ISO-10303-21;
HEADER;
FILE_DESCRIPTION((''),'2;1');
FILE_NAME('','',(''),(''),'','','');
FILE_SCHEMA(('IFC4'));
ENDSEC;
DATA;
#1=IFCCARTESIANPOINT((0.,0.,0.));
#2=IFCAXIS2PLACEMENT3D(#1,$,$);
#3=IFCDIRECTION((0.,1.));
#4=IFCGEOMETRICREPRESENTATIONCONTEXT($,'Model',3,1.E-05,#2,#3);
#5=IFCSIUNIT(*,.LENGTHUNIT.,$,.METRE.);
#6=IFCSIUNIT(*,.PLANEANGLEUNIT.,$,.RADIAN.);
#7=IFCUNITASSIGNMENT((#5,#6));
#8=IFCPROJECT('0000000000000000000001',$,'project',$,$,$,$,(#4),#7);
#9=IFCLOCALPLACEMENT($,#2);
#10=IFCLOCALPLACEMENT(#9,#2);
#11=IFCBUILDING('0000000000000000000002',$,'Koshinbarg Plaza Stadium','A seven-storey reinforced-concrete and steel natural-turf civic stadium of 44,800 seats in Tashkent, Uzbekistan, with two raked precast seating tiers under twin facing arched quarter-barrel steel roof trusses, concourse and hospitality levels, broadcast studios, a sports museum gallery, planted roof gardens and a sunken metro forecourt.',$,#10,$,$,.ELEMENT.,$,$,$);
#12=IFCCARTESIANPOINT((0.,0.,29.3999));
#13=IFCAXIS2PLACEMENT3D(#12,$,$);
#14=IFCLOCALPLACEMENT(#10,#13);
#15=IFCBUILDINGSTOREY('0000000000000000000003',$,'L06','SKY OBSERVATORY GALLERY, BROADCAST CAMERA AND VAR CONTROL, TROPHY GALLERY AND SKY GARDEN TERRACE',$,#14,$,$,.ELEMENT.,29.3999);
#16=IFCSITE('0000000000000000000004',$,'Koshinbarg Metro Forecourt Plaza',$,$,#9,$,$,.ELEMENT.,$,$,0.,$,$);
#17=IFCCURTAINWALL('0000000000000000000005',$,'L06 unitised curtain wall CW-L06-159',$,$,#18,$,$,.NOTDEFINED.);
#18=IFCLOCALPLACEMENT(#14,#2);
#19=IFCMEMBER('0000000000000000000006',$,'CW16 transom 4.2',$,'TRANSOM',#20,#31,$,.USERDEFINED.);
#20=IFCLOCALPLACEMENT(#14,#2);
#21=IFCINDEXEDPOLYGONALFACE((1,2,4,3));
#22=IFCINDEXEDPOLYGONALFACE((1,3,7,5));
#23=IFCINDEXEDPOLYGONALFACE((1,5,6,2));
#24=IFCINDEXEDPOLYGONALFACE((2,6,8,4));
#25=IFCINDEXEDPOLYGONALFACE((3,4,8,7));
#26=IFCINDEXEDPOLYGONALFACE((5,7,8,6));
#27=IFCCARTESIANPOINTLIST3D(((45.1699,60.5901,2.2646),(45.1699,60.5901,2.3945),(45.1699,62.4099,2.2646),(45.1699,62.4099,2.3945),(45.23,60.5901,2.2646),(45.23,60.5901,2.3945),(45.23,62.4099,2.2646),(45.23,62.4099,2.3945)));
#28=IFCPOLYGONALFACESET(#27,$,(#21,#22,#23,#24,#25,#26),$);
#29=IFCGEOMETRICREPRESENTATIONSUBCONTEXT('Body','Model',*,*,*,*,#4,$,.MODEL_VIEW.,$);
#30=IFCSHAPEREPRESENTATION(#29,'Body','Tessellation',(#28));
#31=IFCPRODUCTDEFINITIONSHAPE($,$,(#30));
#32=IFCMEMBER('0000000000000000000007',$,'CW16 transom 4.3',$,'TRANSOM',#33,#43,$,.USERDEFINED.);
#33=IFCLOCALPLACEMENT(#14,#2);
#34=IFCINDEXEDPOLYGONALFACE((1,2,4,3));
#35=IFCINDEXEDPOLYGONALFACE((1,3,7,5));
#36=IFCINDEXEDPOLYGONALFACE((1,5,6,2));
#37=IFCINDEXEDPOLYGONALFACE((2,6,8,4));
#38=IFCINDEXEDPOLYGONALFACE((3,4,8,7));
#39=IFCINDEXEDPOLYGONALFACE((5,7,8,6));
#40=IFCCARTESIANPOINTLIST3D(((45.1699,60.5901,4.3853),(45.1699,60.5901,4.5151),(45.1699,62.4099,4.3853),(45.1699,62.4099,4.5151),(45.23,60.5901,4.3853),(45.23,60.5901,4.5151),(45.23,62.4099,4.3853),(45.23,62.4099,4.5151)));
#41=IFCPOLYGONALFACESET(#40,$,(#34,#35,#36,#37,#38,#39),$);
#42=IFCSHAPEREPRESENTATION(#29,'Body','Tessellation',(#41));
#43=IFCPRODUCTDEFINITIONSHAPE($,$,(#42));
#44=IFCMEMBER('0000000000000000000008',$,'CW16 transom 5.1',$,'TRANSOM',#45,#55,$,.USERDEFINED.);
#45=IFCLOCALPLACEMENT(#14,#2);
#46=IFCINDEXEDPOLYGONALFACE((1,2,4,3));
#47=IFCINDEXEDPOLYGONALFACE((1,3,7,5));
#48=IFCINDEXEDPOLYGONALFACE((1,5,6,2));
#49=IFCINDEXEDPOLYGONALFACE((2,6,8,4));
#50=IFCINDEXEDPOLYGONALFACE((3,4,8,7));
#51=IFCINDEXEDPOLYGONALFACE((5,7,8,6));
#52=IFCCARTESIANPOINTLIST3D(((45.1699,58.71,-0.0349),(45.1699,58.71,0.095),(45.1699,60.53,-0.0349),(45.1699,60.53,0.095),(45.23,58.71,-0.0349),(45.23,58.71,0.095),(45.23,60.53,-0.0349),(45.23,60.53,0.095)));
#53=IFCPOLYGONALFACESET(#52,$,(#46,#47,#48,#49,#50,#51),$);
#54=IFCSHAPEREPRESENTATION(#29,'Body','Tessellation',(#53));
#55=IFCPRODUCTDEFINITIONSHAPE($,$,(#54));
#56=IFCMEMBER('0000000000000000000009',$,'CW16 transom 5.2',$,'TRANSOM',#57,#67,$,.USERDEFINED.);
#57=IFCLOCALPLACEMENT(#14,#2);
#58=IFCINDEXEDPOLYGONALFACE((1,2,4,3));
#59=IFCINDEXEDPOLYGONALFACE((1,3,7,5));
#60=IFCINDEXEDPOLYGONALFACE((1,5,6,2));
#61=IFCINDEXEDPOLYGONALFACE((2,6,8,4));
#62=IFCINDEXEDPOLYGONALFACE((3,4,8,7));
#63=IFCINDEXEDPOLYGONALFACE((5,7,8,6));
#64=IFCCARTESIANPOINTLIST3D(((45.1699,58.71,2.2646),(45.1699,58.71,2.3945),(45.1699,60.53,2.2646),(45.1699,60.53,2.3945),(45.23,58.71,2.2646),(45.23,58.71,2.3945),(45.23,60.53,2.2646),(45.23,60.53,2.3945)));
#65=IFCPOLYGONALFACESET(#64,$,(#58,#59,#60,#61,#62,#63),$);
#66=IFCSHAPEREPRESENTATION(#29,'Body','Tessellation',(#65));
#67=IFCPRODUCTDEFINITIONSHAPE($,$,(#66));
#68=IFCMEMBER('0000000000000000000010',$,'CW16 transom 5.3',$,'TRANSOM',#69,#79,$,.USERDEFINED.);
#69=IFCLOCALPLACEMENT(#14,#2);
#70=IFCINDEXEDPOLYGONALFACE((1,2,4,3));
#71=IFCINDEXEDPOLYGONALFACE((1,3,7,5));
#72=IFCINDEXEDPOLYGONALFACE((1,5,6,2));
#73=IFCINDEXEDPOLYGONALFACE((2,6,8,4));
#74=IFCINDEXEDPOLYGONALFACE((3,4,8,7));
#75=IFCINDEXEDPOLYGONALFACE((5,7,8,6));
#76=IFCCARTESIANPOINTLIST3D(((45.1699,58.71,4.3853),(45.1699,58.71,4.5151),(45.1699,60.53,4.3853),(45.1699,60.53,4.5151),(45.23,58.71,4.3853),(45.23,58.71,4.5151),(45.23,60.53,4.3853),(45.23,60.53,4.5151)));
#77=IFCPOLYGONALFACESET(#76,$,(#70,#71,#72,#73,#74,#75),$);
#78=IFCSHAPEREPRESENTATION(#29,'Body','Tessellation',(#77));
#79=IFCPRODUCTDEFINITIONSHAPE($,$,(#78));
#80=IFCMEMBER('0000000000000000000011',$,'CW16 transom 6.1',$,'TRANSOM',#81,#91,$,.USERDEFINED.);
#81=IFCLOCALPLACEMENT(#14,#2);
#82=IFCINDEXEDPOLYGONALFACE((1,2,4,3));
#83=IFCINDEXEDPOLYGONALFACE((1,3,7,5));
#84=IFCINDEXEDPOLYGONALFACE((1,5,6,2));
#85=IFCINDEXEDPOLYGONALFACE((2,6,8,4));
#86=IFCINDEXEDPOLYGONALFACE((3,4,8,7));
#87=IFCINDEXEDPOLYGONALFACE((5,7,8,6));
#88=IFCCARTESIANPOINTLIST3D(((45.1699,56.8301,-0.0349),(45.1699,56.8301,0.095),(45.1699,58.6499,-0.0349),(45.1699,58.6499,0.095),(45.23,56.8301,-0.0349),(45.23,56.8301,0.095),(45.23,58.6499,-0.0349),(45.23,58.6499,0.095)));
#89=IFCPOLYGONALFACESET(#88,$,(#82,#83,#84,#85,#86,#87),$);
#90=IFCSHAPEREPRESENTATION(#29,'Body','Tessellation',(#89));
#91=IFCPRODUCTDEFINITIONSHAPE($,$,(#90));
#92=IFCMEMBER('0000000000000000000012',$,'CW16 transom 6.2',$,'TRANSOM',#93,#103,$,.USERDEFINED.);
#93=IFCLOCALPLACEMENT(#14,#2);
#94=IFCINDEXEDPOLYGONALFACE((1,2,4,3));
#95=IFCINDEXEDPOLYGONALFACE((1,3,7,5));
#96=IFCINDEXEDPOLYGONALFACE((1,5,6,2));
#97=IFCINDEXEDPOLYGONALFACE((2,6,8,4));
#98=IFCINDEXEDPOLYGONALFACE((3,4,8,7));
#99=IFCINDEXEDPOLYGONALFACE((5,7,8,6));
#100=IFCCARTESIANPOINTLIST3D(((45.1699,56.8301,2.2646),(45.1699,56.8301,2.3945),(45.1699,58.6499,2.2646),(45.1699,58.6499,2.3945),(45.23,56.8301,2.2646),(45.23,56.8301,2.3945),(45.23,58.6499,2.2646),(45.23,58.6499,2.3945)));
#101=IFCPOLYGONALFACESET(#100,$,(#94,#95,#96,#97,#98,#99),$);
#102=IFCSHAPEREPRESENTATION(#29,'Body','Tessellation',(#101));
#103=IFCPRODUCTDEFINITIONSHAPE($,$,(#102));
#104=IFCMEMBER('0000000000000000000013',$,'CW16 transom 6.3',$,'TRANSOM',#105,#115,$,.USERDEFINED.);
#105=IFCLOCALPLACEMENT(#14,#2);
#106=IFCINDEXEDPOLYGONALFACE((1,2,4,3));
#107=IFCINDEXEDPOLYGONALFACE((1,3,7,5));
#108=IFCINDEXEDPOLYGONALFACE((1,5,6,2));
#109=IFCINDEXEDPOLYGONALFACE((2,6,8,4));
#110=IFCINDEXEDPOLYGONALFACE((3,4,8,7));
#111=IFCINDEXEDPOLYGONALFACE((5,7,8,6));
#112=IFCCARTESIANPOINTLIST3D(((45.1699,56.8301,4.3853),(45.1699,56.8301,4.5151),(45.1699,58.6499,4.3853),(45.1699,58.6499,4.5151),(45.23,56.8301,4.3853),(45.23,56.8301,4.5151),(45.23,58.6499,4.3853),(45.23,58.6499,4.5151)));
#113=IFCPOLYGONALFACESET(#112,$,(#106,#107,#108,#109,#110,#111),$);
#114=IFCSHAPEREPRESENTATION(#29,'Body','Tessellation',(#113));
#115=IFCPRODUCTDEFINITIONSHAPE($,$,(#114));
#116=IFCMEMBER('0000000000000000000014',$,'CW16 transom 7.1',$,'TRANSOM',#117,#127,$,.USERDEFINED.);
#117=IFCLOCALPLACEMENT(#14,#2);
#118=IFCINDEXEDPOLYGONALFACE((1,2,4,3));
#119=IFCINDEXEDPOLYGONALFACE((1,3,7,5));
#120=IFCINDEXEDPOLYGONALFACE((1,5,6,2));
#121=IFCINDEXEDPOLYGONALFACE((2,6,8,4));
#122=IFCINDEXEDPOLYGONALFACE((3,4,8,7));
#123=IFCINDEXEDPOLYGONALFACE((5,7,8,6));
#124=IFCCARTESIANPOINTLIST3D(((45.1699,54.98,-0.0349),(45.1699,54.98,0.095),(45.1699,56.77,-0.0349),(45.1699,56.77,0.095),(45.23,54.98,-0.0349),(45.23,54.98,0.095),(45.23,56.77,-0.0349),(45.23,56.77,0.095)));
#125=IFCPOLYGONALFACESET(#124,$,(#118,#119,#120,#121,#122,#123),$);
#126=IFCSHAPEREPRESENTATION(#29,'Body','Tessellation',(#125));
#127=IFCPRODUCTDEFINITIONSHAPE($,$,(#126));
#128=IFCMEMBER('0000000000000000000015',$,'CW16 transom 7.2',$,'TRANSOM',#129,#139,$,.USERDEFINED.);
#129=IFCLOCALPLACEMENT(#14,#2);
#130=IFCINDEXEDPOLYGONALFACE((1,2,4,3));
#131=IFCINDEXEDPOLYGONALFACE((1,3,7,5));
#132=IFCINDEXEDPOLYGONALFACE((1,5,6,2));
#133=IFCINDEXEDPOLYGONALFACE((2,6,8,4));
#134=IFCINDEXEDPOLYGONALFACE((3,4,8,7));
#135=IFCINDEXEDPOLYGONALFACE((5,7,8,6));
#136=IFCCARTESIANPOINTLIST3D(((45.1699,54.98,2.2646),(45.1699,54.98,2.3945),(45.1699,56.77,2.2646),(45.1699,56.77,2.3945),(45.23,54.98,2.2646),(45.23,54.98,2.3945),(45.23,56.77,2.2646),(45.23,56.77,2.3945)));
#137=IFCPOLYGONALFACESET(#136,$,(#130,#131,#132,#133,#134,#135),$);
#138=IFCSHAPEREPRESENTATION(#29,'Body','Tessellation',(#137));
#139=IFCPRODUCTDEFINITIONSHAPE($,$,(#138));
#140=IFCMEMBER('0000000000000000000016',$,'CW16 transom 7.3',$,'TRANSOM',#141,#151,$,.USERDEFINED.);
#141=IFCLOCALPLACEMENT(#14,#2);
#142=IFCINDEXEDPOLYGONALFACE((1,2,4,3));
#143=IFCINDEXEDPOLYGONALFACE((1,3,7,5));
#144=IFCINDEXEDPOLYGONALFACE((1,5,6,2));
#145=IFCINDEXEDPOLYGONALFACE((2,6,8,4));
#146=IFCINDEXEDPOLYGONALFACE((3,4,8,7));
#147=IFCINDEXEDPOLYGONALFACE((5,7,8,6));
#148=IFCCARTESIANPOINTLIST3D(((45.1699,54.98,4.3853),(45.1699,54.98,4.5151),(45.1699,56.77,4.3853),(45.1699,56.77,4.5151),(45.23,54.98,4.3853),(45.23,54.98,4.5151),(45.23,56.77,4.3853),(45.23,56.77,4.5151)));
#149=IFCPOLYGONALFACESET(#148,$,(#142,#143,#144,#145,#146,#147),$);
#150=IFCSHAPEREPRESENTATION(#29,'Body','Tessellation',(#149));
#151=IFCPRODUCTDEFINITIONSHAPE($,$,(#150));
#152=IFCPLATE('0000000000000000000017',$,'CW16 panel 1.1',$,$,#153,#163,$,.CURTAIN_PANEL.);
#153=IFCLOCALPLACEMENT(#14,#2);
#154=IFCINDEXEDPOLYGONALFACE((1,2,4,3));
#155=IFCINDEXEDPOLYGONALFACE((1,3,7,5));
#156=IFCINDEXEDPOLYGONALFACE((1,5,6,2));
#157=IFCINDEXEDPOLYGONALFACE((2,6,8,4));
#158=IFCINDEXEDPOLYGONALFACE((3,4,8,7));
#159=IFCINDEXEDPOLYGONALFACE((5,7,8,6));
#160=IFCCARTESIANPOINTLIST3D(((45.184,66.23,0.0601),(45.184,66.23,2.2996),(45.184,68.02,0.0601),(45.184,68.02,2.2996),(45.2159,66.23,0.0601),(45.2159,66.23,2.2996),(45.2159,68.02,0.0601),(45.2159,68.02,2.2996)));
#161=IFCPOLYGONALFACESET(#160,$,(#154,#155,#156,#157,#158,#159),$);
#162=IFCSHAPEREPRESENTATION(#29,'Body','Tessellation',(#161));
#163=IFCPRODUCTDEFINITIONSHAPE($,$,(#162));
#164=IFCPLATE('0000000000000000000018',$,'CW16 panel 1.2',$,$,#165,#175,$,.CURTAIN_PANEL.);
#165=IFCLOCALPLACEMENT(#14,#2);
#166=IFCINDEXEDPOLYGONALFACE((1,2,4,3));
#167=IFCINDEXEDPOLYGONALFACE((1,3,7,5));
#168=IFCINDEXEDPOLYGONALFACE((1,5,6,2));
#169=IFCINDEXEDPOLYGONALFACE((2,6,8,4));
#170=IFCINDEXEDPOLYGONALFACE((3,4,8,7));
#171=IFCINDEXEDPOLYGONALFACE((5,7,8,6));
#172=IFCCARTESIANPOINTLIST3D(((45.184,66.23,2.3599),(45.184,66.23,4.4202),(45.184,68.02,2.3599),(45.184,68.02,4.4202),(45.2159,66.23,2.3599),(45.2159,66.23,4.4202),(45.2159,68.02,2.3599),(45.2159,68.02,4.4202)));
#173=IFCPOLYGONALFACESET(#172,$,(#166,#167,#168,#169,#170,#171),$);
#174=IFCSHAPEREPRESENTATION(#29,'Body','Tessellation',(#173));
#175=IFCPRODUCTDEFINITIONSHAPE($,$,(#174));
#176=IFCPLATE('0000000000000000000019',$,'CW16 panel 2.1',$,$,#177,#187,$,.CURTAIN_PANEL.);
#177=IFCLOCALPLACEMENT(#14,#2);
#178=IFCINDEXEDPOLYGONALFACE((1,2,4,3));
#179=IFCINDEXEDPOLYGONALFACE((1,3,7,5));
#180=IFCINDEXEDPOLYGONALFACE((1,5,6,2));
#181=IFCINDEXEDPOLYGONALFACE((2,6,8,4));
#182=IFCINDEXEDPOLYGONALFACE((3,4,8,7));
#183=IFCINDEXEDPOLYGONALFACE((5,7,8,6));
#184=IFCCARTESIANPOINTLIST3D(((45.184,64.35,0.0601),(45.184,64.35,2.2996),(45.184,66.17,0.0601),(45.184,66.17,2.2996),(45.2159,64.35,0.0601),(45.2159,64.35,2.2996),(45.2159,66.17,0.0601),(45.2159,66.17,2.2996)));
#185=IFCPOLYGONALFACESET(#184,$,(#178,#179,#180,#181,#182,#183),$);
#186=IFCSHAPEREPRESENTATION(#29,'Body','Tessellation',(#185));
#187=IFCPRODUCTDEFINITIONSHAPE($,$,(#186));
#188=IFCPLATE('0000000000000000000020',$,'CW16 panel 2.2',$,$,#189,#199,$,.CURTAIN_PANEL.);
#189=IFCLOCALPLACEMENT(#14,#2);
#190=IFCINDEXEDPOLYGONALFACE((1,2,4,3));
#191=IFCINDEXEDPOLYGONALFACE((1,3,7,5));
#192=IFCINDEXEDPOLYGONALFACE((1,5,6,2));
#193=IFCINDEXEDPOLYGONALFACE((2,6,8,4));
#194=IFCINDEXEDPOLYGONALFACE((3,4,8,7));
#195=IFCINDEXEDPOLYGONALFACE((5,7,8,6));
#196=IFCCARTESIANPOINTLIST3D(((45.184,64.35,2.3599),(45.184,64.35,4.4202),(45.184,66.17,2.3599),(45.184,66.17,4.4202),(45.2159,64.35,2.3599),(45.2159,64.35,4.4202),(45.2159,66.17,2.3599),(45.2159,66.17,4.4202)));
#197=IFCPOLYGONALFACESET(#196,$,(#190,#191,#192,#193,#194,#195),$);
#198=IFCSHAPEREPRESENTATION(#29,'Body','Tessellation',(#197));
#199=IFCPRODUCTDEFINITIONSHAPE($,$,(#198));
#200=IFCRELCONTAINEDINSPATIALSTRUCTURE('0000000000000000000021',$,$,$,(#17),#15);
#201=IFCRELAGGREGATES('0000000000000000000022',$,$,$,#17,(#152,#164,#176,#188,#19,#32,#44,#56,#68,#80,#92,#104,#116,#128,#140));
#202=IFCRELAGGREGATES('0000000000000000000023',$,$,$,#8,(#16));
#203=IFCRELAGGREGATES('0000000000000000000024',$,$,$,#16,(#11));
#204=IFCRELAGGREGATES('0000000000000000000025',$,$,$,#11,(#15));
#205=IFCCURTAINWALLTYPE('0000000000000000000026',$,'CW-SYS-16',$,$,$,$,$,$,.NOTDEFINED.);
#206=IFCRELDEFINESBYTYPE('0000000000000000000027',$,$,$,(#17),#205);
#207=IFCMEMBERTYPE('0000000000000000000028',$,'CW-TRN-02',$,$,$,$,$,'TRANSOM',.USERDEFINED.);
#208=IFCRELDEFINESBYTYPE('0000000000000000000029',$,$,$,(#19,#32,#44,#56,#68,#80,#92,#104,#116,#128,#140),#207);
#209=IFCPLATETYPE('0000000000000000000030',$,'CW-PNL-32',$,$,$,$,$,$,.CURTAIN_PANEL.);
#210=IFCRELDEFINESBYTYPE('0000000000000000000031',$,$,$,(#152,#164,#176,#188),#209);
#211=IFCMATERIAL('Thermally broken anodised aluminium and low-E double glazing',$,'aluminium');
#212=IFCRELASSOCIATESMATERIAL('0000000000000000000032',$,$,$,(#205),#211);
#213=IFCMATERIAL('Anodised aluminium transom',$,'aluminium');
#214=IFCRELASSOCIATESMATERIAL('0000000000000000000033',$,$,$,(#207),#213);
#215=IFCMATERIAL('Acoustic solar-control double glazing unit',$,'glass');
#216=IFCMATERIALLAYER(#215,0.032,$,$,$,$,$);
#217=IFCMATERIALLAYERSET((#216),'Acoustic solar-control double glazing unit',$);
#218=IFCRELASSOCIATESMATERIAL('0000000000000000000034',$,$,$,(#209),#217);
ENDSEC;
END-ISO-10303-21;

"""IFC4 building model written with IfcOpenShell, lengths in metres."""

from ifc_helpers import new_model, si_unit, direction, frame, origin, origin_2d, place, context, subcontext, project, spatial, rectangle, extrude, material, layer, layer_set, material_profile, profile_set, type_object, element, aggregate, save


model = new_model("IFC4")

# Units and contexts
model_context = context("Model", 3, precision=1e-05, world=origin(), true_north=direction((0.0, 1.0)))
body_context = subcontext(model_context, "Body", "Model", "MODEL_VIEW")
ifc_project = project(units=[si_unit("LENGTHUNIT", "METRE"), si_unit("PLANEANGLEUNIT", "RADIAN")], contexts=[model_context])

# Site, building, storey
site_placement = place(None, origin())
site = spatial("IfcSite", under=ifc_project, at=site_placement, Name="Koshinbarg Metro Forecourt Plaza", CompositionType="ELEMENT", RefElevation=0.0)
building_placement = place(site_placement, origin())
building = spatial("IfcBuilding", under=site, at=building_placement, Name="Koshinbarg Plaza Stadium", Description="A seven-storey reinforced-concrete and steel natural-turf civic stadium of 44,800 seats in Tashkent, Uzbekistan, with two raked precast seating tiers under twin facing arched quarter-barrel steel roof trusses, concourse and hospitality levels, broadcast studios, a sports museum gallery, planted roof gardens and a sunken metro forecourt.", CompositionType="ELEMENT")
storey_placement = place(building_placement, frame((0.0, 0.0, 29.3999)))
storey = spatial("IfcBuildingStorey", under=building, at=storey_placement, Name="L06", Description="SKY OBSERVATORY GALLERY, BROADCAST CAMERA AND VAR CONTROL, TROPHY GALLERY AND SKY GARDEN TERRACE", CompositionType="ELEMENT", Elevation=29.3999)

# Curtain wall, members, plates
ifc_material_1 = material(Name="Thermally broken anodised aluminium and low-E double glazing", Category="aluminium")
curtain_wall_type = type_object("IfcCurtainWallType", Name="CW-SYS-16", PredefinedType="NOTDEFINED", material=ifc_material_1)
curtain_wall_placement = place(storey_placement, origin())
curtain_wall = element("IfcCurtainWall", 1, at=curtain_wall_placement, inside=storey, type_object=curtain_wall_type, Name="L06 unitised curtain wall CW-L06-159", PredefinedType="NOTDEFINED")
ifc_material_2 = material(Name="Anodised aluminium transom", Category="aluminium")
ifc_material_profile_1 = material_profile(ifc_material_2, rectangle(XDim=0.0601, YDim=0.1299, at=origin_2d()), Name="ALU 60x130")
ifc_profile_set_1 = profile_set([ifc_material_profile_1], Name="Anodised aluminium transom")
member_type_1 = type_object("IfcMemberType", Name="CW-TRN-02", ElementType="TRANSOM", PredefinedType="USERDEFINED", material=ifc_profile_set_1)
member_1_placement = place(storey_placement, frame((45.2, 62.4099, 2.3296), z_axis=(0.0, -1.0, 0.0), x_axis=(1.0, 0.0, 0.0)))
member_1 = element("IfcMember", 2, at=member_1_placement, type_object=member_type_1, Name="CW16 transom 4.2", ObjectType="TRANSOM", PredefinedType="USERDEFINED", context=body_context, shape_type="SweptSolid", body=[
    extrude(rectangle(XDim=0.0601, YDim=0.1299, at=origin_2d()), origin(), (0.0, 0.0, 1.0), 1.8198),
])
member_2_placement = place(storey_placement, frame((45.2, 62.4099, 4.4502), z_axis=(0.0, -1.0, 0.0), x_axis=(1.0, 0.0, 0.0)))
member_2 = element("IfcMember", 3, at=member_2_placement, type_object=member_type_1, Name="CW16 transom 4.3", ObjectType="TRANSOM", PredefinedType="USERDEFINED", context=body_context, shape_type="SweptSolid", body=[
    extrude(rectangle(XDim=0.0601, YDim=0.1299, at=origin_2d()), origin(), (0.0, 0.0, 1.0), 1.8198),
])
member_3_placement = place(storey_placement, frame((45.2, 60.53, 0.03), z_axis=(0.0, -1.0, 0.0), x_axis=(1.0, 0.0, 0.0)))
member_3 = element("IfcMember", 4, at=member_3_placement, type_object=member_type_1, Name="CW16 transom 5.1", ObjectType="TRANSOM", PredefinedType="USERDEFINED", context=body_context, shape_type="SweptSolid", body=[
    extrude(rectangle(XDim=0.0601, YDim=0.1299, at=origin_2d()), origin(), (0.0, 0.0, 1.0), 1.8201),
])
member_4_placement = place(storey_placement, frame((45.2, 60.53, 2.3296), z_axis=(0.0, -1.0, 0.0), x_axis=(1.0, 0.0, 0.0)))
member_4 = element("IfcMember", 5, at=member_4_placement, type_object=member_type_1, Name="CW16 transom 5.2", ObjectType="TRANSOM", PredefinedType="USERDEFINED", context=body_context, shape_type="SweptSolid", body=[
    extrude(rectangle(XDim=0.0601, YDim=0.1299, at=origin_2d()), origin(), (0.0, 0.0, 1.0), 1.8201),
])
member_5_placement = place(storey_placement, frame((45.2, 60.53, 4.4502), z_axis=(0.0, -1.0, 0.0), x_axis=(1.0, 0.0, 0.0)))
member_5 = element("IfcMember", 6, at=member_5_placement, type_object=member_type_1, Name="CW16 transom 5.3", ObjectType="TRANSOM", PredefinedType="USERDEFINED", context=body_context, shape_type="SweptSolid", body=[
    extrude(rectangle(XDim=0.0601, YDim=0.1299, at=origin_2d()), origin(), (0.0, 0.0, 1.0), 1.8201),
])
member_6_placement = place(storey_placement, frame((45.2, 58.6499, 0.03), z_axis=(0.0, -1.0, 0.0), x_axis=(1.0, 0.0, 0.0)))
member_6 = element("IfcMember", 7, at=member_6_placement, type_object=member_type_1, Name="CW16 transom 6.1", ObjectType="TRANSOM", PredefinedType="USERDEFINED", context=body_context, shape_type="SweptSolid", body=[
    extrude(rectangle(XDim=0.0601, YDim=0.1299, at=origin_2d()), origin(), (0.0, 0.0, 1.0), 1.8198),
])
member_7_placement = place(storey_placement, frame((45.2, 58.6499, 2.3296), z_axis=(0.0, -1.0, 0.0), x_axis=(1.0, 0.0, 0.0)))
member_7 = element("IfcMember", 8, at=member_7_placement, type_object=member_type_1, Name="CW16 transom 6.2", ObjectType="TRANSOM", PredefinedType="USERDEFINED", context=body_context, shape_type="SweptSolid", body=[
    extrude(rectangle(XDim=0.0601, YDim=0.1299, at=origin_2d()), origin(), (0.0, 0.0, 1.0), 1.8198),
])
member_8_placement = place(storey_placement, frame((45.2, 58.6499, 4.4502), z_axis=(0.0, -1.0, 0.0), x_axis=(1.0, 0.0, 0.0)))
member_8 = element("IfcMember", 9, at=member_8_placement, type_object=member_type_1, Name="CW16 transom 6.3", ObjectType="TRANSOM", PredefinedType="USERDEFINED", context=body_context, shape_type="SweptSolid", body=[
    extrude(rectangle(XDim=0.0601, YDim=0.1299, at=origin_2d()), origin(), (0.0, 0.0, 1.0), 1.8198),
])
member_9_placement = place(storey_placement, frame((45.2, 56.77, 0.03), z_axis=(0.0, -1.0, 0.0), x_axis=(1.0, 0.0, 0.0)))
member_9 = element("IfcMember", 10, at=member_9_placement, type_object=member_type_1, Name="CW16 transom 7.1", ObjectType="TRANSOM", PredefinedType="USERDEFINED", context=body_context, shape_type="SweptSolid", body=[
    extrude(rectangle(XDim=0.0601, YDim=0.1299, at=origin_2d()), origin(), (0.0, 0.0, 1.0), 1.79),
])
member_10_placement = place(storey_placement, frame((45.2, 56.77, 2.3296), z_axis=(0.0, -1.0, 0.0), x_axis=(1.0, 0.0, 0.0)))
member_10 = element("IfcMember", 11, at=member_10_placement, type_object=member_type_1, Name="CW16 transom 7.2", ObjectType="TRANSOM", PredefinedType="USERDEFINED", context=body_context, shape_type="SweptSolid", body=[
    extrude(rectangle(XDim=0.0601, YDim=0.1299, at=origin_2d()), origin(), (0.0, 0.0, 1.0), 1.79),
])
member_11_placement = place(storey_placement, frame((45.2, 56.77, 4.4502), z_axis=(0.0, -1.0, 0.0), x_axis=(1.0, 0.0, 0.0)))
member_11 = element("IfcMember", 12, at=member_11_placement, type_object=member_type_1, Name="CW16 transom 7.3", ObjectType="TRANSOM", PredefinedType="USERDEFINED", context=body_context, shape_type="SweptSolid", body=[
    extrude(rectangle(XDim=0.0601, YDim=0.1299, at=origin_2d()), origin(), (0.0, 0.0, 1.0), 1.79),
])
ifc_material_3 = material(Name="Acoustic solar-control double glazing unit", Category="glass")
ifc_layer = layer(ifc_material_3, 0.032)
ifc_layer_set = layer_set([ifc_layer], Name="Acoustic solar-control double glazing unit")
plate_type = type_object("IfcPlateType", Name="CW-PNL-32", PredefinedType="CURTAIN_PANEL", material=ifc_layer_set)
plate_1_placement = place(storey_placement, frame((45.2, 67.125, 0.0601), z_axis=(0.0, 0.0, 1.0), x_axis=(0.0, -1.0, 0.0)))
plate_1 = element("IfcPlate", 13, at=plate_1_placement, type_object=plate_type, Name="CW16 panel 1.1", PredefinedType="CURTAIN_PANEL", context=body_context, shape_type="SweptSolid", body=[
    extrude(rectangle(XDim=1.79, YDim=0.032, at=origin_2d()), origin(), (0.0, 0.0, 1.0), 2.2395),
])
plate_2_placement = place(storey_placement, frame((45.2, 67.125, 2.3599), z_axis=(0.0, 0.0, 1.0), x_axis=(0.0, -1.0, 0.0)))
plate_2 = element("IfcPlate", 14, at=plate_2_placement, type_object=plate_type, Name="CW16 panel 1.2", PredefinedType="CURTAIN_PANEL", context=body_context, shape_type="SweptSolid", body=[
    extrude(rectangle(XDim=1.79, YDim=0.032, at=origin_2d()), origin(), (0.0, 0.0, 1.0), 2.0603),
])
plate_3_placement = place(storey_placement, frame((45.2, 65.26, 0.0601), z_axis=(0.0, 0.0, 1.0), x_axis=(0.0, -1.0, 0.0)))
plate_3 = element("IfcPlate", 15, at=plate_3_placement, type_object=plate_type, Name="CW16 panel 2.1", PredefinedType="CURTAIN_PANEL", context=body_context, shape_type="SweptSolid", body=[
    extrude(rectangle(XDim=1.8201, YDim=0.032, at=origin_2d()), origin(), (0.0, 0.0, 1.0), 2.2395),
])
plate_4_placement = place(storey_placement, frame((45.2, 65.26, 2.3599), z_axis=(0.0, 0.0, 1.0), x_axis=(0.0, -1.0, 0.0)))
plate_4 = element("IfcPlate", 16, at=plate_4_placement, type_object=plate_type, Name="CW16 panel 2.2", PredefinedType="CURTAIN_PANEL", context=body_context, shape_type="SweptSolid", body=[
    extrude(rectangle(XDim=1.8201, YDim=0.032, at=origin_2d()), origin(), (0.0, 0.0, 1.0), 2.0603),
])
aggregate(curtain_wall, [plate_1, plate_2, plate_3, plate_4, member_1, member_2, member_3, member_4, member_5, member_6, member_7, member_8, member_9, member_10, member_11])

save(model, "model.ifc")
